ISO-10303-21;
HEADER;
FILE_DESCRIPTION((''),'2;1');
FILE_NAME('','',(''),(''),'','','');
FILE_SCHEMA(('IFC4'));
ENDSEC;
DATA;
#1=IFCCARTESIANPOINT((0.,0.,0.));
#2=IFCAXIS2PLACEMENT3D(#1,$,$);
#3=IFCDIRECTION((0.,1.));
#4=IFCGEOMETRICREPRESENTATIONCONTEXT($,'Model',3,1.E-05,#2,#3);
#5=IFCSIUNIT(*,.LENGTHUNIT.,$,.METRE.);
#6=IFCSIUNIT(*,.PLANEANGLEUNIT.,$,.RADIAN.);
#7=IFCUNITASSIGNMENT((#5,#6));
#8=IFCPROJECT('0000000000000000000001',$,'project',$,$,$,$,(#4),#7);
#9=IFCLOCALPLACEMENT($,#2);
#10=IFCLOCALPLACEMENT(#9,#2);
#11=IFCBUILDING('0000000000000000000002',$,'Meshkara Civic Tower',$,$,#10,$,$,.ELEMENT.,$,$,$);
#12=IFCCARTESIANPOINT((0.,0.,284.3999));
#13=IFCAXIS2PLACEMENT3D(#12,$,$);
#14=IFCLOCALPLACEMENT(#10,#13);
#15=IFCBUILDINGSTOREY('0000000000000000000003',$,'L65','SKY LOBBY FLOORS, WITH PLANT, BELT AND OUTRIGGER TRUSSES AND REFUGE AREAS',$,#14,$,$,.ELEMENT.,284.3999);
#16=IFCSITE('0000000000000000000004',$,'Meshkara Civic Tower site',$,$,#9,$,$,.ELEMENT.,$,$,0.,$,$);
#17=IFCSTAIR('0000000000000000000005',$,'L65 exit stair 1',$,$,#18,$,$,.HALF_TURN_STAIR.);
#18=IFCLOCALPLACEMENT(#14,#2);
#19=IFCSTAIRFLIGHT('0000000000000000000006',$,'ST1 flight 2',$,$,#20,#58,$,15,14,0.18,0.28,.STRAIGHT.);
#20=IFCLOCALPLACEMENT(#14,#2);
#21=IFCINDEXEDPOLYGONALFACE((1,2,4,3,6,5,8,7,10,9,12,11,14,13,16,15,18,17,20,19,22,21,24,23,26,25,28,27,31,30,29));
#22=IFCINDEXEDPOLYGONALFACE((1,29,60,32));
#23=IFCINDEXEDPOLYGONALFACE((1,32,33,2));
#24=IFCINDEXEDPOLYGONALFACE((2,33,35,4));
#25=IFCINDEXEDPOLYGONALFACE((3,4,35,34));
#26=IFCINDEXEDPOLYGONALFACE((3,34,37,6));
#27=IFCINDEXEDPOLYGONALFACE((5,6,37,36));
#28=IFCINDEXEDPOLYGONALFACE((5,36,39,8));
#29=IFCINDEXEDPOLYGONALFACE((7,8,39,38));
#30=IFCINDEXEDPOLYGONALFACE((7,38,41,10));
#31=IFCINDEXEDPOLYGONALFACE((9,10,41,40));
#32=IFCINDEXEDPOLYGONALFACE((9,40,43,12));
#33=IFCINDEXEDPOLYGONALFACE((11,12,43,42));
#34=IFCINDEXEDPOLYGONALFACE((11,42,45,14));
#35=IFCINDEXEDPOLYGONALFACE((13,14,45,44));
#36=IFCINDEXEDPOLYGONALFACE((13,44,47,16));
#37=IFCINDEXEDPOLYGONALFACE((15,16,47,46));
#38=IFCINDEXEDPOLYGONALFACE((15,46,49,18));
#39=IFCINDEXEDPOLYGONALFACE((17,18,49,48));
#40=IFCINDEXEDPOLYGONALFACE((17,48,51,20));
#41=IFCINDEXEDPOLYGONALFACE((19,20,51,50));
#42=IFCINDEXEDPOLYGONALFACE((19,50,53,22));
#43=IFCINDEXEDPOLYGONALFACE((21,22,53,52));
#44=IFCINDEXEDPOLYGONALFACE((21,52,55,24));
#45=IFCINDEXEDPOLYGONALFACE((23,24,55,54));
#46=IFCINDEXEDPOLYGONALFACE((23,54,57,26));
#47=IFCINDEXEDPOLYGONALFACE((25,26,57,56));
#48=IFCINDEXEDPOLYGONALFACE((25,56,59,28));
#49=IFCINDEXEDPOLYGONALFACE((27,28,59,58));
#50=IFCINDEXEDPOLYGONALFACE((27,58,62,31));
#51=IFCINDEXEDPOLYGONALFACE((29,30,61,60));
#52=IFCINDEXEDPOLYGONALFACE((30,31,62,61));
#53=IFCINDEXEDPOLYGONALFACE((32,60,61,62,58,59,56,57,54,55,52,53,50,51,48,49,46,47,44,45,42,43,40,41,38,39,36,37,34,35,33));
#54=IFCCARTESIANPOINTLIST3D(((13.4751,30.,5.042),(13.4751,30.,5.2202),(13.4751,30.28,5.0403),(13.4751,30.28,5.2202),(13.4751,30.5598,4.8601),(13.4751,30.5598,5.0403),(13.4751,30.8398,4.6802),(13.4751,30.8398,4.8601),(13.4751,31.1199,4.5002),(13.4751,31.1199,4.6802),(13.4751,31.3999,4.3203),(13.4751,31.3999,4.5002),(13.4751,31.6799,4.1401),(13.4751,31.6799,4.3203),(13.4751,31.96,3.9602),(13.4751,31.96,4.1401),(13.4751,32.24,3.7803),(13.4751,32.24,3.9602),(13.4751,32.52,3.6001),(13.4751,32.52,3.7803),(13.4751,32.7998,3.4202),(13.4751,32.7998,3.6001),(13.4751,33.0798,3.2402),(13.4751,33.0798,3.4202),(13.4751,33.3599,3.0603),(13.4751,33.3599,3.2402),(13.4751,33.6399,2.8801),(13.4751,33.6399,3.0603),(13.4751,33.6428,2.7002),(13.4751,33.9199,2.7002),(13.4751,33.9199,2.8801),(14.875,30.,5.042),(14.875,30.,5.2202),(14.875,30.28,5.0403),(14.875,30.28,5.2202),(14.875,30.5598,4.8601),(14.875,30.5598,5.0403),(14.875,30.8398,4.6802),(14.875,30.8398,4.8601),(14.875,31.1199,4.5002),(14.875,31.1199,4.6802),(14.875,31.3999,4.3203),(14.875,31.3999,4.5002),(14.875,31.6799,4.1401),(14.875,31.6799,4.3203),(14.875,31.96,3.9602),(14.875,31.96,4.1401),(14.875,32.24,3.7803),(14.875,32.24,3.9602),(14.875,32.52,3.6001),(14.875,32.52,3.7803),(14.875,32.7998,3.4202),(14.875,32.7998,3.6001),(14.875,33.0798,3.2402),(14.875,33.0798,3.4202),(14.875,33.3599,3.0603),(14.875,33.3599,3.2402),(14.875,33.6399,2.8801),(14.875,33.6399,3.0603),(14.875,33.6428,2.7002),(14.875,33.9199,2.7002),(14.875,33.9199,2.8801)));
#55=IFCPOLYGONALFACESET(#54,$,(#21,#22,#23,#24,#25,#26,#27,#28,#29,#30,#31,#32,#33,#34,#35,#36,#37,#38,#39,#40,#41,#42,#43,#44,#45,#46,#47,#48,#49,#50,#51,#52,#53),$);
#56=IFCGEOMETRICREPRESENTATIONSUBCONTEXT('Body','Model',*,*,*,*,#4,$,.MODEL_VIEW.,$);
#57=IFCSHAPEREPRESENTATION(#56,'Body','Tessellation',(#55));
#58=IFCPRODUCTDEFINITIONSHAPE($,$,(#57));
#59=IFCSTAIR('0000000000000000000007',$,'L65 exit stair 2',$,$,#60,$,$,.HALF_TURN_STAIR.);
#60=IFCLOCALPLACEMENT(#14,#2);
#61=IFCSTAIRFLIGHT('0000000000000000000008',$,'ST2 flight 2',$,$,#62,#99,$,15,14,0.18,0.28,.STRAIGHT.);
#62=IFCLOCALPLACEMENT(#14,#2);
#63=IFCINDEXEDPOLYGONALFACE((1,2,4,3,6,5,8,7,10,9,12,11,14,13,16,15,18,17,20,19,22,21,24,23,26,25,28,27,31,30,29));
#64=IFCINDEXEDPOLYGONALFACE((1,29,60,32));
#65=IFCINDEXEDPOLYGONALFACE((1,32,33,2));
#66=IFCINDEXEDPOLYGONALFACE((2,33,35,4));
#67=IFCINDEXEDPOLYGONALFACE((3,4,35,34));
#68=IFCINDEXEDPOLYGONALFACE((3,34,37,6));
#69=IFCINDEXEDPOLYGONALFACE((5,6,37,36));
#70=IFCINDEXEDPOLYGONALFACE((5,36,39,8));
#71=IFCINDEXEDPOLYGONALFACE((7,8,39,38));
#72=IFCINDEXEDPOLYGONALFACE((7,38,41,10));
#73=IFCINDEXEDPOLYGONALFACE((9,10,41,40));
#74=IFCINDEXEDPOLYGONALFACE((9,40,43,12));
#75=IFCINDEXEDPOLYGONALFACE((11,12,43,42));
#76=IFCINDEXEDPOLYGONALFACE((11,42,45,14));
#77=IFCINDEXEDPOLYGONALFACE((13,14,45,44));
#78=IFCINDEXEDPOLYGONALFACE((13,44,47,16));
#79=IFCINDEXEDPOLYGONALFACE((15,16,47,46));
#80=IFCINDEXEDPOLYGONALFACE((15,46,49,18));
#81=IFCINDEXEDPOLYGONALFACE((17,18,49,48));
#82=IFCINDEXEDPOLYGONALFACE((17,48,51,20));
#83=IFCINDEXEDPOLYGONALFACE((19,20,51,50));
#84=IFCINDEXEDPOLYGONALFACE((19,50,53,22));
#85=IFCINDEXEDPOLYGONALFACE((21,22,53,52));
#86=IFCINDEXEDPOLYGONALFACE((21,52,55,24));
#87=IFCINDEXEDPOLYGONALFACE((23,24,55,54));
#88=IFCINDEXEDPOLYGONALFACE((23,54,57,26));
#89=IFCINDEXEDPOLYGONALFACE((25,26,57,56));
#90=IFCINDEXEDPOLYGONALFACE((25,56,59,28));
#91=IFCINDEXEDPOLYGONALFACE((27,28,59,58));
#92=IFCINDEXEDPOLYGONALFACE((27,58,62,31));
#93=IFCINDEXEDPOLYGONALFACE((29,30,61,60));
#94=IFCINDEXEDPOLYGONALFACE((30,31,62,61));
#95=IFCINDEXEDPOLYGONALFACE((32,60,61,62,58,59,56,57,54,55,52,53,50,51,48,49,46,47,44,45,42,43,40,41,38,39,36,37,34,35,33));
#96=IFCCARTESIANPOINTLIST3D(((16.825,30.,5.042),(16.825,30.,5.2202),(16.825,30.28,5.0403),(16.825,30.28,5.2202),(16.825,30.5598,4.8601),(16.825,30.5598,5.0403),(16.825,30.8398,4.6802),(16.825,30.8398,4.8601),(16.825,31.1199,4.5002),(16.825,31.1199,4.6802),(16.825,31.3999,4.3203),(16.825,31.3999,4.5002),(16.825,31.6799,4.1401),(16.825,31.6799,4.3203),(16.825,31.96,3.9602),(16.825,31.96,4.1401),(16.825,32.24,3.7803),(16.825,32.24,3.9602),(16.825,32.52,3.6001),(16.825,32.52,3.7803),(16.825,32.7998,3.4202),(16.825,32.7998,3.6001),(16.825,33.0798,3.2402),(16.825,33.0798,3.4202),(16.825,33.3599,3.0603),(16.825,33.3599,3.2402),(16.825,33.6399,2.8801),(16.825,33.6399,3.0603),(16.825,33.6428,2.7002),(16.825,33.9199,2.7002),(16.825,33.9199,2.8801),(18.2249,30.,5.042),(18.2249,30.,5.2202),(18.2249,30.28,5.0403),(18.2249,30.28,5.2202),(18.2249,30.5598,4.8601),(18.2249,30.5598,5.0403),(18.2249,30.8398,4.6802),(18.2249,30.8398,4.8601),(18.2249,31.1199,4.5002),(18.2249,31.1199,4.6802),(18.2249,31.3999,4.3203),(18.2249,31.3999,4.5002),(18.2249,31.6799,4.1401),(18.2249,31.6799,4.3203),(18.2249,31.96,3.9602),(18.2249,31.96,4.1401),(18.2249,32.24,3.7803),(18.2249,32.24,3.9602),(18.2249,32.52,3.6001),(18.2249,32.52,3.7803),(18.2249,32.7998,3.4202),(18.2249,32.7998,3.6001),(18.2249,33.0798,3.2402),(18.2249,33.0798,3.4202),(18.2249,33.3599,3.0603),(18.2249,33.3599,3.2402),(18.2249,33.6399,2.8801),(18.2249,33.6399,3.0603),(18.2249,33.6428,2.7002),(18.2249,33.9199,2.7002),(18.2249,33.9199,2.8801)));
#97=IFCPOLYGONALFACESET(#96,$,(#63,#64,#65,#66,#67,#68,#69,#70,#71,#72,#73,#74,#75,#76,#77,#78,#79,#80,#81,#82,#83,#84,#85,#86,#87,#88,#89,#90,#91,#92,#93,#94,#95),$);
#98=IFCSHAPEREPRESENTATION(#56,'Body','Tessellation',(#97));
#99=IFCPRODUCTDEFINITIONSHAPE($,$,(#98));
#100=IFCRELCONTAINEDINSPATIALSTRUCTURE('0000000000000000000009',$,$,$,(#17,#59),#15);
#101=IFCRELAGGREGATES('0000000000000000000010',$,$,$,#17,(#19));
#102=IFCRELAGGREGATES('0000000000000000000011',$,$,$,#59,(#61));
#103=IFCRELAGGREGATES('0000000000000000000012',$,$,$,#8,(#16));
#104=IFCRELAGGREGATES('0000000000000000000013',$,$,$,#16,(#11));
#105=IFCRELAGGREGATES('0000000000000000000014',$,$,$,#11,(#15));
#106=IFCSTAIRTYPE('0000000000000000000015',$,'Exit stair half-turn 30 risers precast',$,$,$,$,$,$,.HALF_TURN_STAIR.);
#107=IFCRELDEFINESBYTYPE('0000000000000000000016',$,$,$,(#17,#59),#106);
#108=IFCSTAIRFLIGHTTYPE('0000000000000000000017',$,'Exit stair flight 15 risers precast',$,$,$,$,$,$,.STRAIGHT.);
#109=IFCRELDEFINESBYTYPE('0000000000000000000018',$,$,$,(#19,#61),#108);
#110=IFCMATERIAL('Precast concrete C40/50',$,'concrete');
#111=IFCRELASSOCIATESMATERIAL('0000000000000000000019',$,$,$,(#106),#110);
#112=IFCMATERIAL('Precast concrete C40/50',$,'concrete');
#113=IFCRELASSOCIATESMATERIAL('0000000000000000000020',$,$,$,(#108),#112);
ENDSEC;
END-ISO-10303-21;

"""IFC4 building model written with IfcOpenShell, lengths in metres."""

from ifc_helpers import new_model, si_unit, direction, frame, origin, place, context, subcontext, project, spatial, polyline, outline, extrude, material, type_object, element, aggregate, save


model = new_model("IFC4")

# Units and contexts
model_context = context("Model", 3, precision=1e-05, world=origin(), true_north=direction((0.0, 1.0)))
body_context = subcontext(model_context, "Body", "Model", "MODEL_VIEW")
ifc_project = project(units=[si_unit("LENGTHUNIT", "METRE"), si_unit("PLANEANGLEUNIT", "RADIAN")], contexts=[model_context])

# Site, building, storey
site_placement = place(None, origin())
site = spatial("IfcSite", under=ifc_project, at=site_placement, Name="Meshkara Civic Tower site", CompositionType="ELEMENT", RefElevation=0.0)
building_placement = place(site_placement, origin())
building = spatial("IfcBuilding", under=site, at=building_placement, Name="Meshkara Civic Tower", CompositionType="ELEMENT")
storey_placement = place(building_placement, frame((0.0, 0.0, 284.3999)))
storey = spatial("IfcBuildingStorey", under=building, at=storey_placement, Name="L65", Description="SKY LOBBY FLOORS, WITH PLANT, BELT AND OUTRIGGER TRUSSES AND REFUGE AREAS", CompositionType="ELEMENT", Elevation=284.3999)

# Stair, stair flight
ifc_material_1 = material(Name="Precast concrete C40/50", Category="concrete")
stair_type = type_object("IfcStairType", Name="Exit stair half-turn 30 risers precast", PredefinedType="HALF_TURN_STAIR", material=ifc_material_1)
stair_1_placement = place(storey_placement, origin())
stair_1 = element("IfcStair", 1, at=stair_1_placement, inside=storey, type_object=stair_type, Name="L65 exit stair 1", PredefinedType="HALF_TURN_STAIR")
ifc_material_2 = material(Name="Precast concrete C40/50", Category="concrete")
stair_flight_type = type_object("IfcStairFlightType", Name="Exit stair flight 15 risers precast", PredefinedType="STRAIGHT", material=ifc_material_2)
stair_flight_1_placement = place(storey_placement, frame((14.175, 33.9199, 2.7002), z_axis=(0.0, 0.0, 1.0), x_axis=(0.0, -1.0, 0.0)))
stair_flight_1 = element("IfcStairFlight", 2, at=stair_flight_1_placement, type_object=stair_flight_type, Name="ST1 flight 2", NumberOfRisers=15, NumberOfTreads=14, PredefinedType="STRAIGHT", RiserHeight=0.18, TreadLength=0.28, context=body_context, shape_type="SweptSolid", body=[
    extrude(outline(polyline([(0.0, 0.0), (0.0, 0.1799), (0.28, 0.1799), (0.28, 0.3601), (0.5601, 0.3601), (0.5601, 0.54), (0.8401, 0.54), (0.8401, 0.72), (1.1201, 0.72), (1.1201, 0.8999), (1.3999, 0.8999), (1.3999, 1.0801), (1.6799, 1.0801), (1.6799, 1.26), (1.96, 1.26), (1.96, 1.4399), (2.24, 1.4399), (2.24, 1.6201), (2.52, 1.6201), (2.52, 1.8), (2.8, 1.8), (2.8, 1.98), (3.0801, 1.98), (3.0801, 2.1599), (3.3601, 2.1599), (3.3601, 2.3401), (3.6399, 2.3401), (3.6399, 2.52), (3.9199, 2.52), (3.9199, 2.7), (3.9199, 2.3418), (0.2771, 0.0), (0.0, 0.0)])), frame((0.0, 0.7, 0.0), z_axis=(0.0, -1.0, 0.0), x_axis=(1.0, 0.0, 0.0)), (0.0, 0.0, 1.0), 1.3999),
])
aggregate(stair_1, [stair_flight_1])

# Stair, stair flight
stair_2_placement = place(storey_placement, origin())
stair_2 = element("IfcStair", 3, at=stair_2_placement, inside=storey, type_object=stair_type, Name="L65 exit stair 2", PredefinedType="HALF_TURN_STAIR")
stair_flight_2_placement = place(storey_placement, frame((17.5249, 33.9199, 2.7002), z_axis=(0.0, 0.0, 1.0), x_axis=(0.0, -1.0, 0.0)))
stair_flight_2 = element("IfcStairFlight", 4, at=stair_flight_2_placement, type_object=stair_flight_type, Name="ST2 flight 2", NumberOfRisers=15, NumberOfTreads=14, PredefinedType="STRAIGHT", RiserHeight=0.18, TreadLength=0.28, context=body_context, shape_type="SweptSolid", body=[
    extrude(outline(polyline([(0.0, 0.0), (0.0, 0.1799), (0.28, 0.1799), (0.28, 0.3601), (0.5601, 0.3601), (0.5601, 0.54), (0.8401, 0.54), (0.8401, 0.72), (1.1201, 0.72), (1.1201, 0.8999), (1.3999, 0.8999), (1.3999, 1.0801), (1.6799, 1.0801), (1.6799, 1.26), (1.96, 1.26), (1.96, 1.4399), (2.24, 1.4399), (2.24, 1.6201), (2.52, 1.6201), (2.52, 1.8), (2.8, 1.8), (2.8, 1.98), (3.0801, 1.98), (3.0801, 2.1599), (3.3601, 2.1599), (3.3601, 2.3401), (3.6399, 2.3401), (3.6399, 2.52), (3.9199, 2.52), (3.9199, 2.7), (3.9199, 2.3418), (0.2771, 0.0), (0.0, 0.0)])), frame((0.0, 0.7, 0.0), z_axis=(0.0, -1.0, 0.0), x_axis=(1.0, 0.0, 0.0)), (0.0, 0.0, 1.0), 1.3999),
])
aggregate(stair_2, [stair_flight_2])

save(model, "model.ifc")
